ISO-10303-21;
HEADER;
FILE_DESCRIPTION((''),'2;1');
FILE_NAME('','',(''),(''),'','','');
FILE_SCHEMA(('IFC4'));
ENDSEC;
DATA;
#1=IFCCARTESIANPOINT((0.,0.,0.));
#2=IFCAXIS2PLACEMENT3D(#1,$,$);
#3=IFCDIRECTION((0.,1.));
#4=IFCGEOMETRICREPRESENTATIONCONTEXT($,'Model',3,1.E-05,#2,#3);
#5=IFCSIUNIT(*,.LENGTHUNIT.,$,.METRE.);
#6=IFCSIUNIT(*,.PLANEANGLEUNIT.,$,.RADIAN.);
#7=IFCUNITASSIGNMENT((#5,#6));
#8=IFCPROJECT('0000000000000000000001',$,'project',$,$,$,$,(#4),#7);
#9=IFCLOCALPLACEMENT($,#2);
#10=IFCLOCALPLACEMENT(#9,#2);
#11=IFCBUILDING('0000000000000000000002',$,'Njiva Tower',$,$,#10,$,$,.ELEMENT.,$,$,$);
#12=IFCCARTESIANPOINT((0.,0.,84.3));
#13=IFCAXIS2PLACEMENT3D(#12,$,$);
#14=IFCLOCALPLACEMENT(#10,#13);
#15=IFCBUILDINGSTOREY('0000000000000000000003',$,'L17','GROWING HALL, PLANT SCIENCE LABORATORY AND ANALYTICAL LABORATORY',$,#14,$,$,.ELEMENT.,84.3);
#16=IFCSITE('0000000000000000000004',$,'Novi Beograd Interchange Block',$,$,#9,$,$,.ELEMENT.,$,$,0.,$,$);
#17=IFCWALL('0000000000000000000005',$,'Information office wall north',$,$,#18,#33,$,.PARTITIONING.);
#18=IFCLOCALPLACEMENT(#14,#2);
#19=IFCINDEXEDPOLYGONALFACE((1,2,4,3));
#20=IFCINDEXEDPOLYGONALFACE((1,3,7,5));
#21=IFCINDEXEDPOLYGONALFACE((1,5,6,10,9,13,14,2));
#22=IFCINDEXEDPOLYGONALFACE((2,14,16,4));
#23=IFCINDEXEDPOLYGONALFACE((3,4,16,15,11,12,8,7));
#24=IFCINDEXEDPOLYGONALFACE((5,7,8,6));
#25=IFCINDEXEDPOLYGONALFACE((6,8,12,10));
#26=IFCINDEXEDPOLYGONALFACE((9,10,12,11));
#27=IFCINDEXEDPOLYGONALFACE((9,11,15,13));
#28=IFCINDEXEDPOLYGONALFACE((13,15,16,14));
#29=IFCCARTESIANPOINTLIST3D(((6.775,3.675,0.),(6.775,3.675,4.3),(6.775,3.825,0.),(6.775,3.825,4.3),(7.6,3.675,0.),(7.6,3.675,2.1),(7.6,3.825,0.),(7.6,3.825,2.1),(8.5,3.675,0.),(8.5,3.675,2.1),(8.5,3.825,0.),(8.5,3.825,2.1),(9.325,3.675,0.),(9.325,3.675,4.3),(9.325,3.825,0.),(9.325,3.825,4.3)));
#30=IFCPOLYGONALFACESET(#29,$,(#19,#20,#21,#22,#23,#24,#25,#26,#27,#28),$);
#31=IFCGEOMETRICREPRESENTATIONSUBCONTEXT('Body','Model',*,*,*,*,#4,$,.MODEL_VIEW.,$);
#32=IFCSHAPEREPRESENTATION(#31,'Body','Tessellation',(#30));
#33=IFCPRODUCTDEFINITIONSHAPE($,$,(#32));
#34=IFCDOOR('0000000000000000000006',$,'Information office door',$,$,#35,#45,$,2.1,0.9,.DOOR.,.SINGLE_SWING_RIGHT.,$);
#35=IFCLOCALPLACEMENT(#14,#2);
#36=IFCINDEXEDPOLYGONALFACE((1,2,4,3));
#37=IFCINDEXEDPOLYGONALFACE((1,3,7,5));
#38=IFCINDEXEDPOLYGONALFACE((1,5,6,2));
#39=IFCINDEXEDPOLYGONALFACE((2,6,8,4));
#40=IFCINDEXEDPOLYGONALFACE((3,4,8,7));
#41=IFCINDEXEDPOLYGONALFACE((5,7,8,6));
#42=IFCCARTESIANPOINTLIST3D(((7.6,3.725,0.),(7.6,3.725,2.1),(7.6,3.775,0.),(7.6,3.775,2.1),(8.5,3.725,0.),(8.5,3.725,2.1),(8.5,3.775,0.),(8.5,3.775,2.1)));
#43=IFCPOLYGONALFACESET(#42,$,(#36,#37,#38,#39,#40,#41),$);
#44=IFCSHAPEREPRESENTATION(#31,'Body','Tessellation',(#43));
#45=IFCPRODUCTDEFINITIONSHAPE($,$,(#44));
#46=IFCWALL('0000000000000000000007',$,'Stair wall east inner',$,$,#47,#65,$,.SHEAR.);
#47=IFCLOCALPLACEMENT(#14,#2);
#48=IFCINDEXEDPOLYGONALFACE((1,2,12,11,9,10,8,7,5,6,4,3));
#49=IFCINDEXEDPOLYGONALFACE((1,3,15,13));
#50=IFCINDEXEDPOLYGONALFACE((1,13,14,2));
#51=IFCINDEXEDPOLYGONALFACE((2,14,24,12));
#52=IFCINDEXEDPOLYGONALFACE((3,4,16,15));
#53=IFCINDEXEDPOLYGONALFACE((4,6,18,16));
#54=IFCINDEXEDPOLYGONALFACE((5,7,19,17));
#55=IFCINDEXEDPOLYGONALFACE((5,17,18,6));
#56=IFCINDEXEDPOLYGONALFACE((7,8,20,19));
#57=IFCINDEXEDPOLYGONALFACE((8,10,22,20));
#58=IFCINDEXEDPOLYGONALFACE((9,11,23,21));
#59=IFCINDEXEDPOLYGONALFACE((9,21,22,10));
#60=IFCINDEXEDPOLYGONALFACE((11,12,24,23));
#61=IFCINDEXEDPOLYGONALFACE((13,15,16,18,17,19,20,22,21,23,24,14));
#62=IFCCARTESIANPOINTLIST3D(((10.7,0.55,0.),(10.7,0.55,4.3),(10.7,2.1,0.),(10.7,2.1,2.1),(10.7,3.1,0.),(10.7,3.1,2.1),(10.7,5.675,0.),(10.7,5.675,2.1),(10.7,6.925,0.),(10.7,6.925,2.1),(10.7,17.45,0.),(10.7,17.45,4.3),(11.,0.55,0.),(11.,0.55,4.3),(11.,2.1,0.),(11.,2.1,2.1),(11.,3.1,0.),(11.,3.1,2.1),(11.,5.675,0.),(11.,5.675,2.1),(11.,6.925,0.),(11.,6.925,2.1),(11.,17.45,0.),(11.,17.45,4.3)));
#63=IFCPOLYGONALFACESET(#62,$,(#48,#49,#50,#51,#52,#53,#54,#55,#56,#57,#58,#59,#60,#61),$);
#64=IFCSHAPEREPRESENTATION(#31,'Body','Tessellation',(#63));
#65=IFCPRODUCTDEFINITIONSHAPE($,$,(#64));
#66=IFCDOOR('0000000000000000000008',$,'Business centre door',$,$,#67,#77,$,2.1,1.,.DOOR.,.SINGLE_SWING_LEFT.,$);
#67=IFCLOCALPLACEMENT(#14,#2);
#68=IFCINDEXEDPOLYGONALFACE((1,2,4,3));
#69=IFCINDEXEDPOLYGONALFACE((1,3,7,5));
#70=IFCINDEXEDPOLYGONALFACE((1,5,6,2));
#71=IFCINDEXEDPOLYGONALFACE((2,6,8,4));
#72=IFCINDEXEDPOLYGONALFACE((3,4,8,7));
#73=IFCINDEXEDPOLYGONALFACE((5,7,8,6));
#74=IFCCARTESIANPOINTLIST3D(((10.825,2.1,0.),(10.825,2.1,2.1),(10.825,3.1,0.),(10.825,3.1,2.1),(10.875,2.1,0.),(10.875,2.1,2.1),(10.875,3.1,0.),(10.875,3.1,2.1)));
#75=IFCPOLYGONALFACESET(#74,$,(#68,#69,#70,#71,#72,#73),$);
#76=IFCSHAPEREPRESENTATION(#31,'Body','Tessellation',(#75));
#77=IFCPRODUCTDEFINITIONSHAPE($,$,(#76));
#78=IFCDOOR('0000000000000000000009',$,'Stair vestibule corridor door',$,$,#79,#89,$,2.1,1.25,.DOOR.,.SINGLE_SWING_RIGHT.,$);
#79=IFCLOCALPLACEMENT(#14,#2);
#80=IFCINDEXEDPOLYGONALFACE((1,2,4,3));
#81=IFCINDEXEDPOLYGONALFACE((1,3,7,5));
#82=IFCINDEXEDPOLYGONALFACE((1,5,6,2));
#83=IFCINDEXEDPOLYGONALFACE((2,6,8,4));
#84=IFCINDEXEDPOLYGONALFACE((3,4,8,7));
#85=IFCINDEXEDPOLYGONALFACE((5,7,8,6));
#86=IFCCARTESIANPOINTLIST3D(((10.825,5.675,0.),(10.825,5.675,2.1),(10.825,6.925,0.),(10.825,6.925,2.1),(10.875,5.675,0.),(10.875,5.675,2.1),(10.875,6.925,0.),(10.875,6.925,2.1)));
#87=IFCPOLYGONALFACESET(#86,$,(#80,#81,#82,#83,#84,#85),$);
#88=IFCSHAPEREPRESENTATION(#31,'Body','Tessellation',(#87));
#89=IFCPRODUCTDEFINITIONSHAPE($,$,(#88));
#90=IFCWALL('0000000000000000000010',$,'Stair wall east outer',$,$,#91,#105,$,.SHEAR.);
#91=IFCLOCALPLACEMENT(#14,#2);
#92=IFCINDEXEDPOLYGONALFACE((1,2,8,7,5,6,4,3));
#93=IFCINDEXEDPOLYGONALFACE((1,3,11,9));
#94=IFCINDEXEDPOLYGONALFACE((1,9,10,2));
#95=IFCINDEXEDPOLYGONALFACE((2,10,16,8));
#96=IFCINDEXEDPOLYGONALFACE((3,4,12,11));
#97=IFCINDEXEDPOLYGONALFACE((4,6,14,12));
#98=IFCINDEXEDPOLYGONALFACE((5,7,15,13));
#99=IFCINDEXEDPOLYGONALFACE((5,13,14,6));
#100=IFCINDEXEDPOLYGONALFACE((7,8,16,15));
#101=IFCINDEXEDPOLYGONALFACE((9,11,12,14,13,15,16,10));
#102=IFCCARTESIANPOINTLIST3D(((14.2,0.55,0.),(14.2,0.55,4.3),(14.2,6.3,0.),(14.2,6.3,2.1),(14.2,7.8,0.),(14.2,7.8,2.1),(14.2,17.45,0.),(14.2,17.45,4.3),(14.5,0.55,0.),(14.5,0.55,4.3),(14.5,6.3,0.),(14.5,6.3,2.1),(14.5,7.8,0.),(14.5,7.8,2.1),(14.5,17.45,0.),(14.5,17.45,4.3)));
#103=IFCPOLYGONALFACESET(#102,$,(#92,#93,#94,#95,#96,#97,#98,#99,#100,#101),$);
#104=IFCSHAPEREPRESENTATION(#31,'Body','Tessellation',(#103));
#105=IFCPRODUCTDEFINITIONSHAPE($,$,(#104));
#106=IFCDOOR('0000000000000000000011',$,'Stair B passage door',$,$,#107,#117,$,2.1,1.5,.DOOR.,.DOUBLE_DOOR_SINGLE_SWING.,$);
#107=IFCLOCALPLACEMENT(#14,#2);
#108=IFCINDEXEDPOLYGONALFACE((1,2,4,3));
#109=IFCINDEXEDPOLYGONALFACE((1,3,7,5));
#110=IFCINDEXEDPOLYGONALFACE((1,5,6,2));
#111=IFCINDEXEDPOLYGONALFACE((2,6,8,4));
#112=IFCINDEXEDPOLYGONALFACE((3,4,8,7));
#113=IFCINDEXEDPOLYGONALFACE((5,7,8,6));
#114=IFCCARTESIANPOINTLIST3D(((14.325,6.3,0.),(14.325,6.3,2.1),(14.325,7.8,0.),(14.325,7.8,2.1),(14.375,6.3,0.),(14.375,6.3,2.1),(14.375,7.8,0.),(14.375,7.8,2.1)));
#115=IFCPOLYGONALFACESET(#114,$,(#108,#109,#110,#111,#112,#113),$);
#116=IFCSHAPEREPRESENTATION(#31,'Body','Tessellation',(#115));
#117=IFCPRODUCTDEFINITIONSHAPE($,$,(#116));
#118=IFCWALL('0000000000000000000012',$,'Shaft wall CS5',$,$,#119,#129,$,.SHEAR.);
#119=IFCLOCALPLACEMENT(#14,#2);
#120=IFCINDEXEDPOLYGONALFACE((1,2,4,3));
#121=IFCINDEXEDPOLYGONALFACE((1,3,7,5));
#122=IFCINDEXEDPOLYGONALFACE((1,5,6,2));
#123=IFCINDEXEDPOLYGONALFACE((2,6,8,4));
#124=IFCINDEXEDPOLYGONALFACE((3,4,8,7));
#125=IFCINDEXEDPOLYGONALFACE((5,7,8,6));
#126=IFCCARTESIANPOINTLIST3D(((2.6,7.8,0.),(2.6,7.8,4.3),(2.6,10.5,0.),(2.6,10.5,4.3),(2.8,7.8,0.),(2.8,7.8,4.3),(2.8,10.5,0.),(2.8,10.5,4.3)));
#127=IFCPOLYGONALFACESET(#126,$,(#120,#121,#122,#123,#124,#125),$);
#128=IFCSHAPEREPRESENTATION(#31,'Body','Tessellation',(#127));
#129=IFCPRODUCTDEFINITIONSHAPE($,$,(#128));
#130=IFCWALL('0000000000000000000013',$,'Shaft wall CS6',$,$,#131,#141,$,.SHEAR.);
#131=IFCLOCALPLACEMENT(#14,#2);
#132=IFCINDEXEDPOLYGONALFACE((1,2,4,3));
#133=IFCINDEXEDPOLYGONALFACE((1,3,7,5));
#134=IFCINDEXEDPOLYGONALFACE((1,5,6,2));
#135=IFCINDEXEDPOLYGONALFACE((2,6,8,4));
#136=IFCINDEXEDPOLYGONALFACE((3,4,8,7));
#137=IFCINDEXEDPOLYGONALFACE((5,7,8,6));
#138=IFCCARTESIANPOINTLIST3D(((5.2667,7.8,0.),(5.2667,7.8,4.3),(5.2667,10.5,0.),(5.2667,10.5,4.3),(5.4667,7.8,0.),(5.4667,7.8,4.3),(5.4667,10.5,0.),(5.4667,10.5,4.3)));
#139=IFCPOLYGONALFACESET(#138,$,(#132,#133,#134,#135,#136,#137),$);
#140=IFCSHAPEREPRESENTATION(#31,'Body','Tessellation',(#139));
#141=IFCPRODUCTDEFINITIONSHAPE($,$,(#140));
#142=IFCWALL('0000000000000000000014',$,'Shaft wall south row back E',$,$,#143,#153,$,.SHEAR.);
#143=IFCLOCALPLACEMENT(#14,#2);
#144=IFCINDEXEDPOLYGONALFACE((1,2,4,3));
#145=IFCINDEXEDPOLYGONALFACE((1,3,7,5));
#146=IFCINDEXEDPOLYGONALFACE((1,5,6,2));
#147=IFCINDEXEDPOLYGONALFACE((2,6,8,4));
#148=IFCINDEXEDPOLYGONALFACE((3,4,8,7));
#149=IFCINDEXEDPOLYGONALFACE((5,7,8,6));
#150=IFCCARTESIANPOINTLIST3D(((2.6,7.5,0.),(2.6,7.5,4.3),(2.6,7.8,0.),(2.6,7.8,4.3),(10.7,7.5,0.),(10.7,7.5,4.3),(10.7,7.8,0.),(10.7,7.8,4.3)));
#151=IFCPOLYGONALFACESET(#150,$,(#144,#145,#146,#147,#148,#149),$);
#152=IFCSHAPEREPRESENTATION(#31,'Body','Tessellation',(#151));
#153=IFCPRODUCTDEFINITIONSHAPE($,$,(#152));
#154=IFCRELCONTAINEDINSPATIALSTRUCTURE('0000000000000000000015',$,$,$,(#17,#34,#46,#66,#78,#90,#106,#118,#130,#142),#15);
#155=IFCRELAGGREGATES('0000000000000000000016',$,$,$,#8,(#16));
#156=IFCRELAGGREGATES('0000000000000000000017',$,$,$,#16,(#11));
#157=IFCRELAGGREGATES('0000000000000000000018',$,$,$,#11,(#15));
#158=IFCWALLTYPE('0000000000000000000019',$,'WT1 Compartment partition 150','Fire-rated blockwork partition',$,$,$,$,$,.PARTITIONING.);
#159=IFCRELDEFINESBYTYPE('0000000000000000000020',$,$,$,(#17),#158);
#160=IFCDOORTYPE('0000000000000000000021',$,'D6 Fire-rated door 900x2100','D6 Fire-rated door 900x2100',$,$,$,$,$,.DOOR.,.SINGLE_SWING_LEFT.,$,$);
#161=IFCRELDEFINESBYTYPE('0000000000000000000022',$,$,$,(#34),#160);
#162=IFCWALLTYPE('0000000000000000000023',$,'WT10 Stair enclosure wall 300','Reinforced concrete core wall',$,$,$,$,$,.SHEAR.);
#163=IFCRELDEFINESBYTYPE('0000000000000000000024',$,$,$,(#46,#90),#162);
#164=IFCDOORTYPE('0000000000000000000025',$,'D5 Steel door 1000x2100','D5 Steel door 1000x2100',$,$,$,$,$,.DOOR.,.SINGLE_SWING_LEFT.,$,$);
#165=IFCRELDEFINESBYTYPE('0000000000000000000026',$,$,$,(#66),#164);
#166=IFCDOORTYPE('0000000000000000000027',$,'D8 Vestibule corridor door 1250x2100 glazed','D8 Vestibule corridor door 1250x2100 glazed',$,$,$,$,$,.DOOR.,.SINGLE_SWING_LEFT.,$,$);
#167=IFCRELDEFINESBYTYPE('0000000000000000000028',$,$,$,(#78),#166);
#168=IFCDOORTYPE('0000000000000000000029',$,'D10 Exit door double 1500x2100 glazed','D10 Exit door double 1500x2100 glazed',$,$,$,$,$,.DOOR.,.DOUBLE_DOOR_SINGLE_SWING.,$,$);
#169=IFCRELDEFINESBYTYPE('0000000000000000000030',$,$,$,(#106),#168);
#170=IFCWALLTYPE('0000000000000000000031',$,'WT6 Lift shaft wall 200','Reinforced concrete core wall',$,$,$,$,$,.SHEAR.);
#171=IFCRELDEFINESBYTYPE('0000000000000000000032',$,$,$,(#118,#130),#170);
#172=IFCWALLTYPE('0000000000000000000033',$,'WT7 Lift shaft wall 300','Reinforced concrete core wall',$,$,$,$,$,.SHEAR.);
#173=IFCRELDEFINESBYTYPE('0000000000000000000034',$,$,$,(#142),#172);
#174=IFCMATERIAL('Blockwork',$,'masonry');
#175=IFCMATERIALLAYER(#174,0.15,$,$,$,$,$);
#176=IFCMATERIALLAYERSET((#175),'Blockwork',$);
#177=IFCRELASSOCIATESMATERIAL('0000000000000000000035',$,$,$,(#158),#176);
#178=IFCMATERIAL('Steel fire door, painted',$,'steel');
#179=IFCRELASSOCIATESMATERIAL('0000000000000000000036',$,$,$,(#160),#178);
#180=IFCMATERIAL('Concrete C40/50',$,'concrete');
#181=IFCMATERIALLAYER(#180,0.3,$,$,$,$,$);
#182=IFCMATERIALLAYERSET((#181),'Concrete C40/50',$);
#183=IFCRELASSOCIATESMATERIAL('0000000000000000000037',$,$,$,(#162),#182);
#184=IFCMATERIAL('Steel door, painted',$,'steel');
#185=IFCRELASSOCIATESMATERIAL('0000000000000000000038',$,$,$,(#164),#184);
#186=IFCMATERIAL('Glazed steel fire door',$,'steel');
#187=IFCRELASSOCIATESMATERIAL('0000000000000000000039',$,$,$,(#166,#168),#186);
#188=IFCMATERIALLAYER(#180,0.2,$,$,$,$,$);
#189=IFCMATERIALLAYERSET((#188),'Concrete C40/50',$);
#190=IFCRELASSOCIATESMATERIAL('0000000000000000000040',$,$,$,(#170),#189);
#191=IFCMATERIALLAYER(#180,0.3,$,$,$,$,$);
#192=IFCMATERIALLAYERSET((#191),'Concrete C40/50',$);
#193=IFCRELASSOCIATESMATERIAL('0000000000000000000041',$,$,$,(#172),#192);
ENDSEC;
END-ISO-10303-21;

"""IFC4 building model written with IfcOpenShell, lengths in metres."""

from ifc_helpers import new_model, si_unit, direction, frame, frame_2d, origin, place, context, subcontext, project, spatial, rectangle, extrude, material, layer, layer_set, type_object, element, fill, save


model = new_model("IFC4")

# Units and contexts
model_context = context("Model", 3, precision=1e-05, world=origin(), true_north=direction((0.0, 1.0)))
body_context = subcontext(model_context, "Body", "Model", "MODEL_VIEW")
ifc_project = project(units=[si_unit("LENGTHUNIT", "METRE"), si_unit("PLANEANGLEUNIT", "RADIAN")], contexts=[model_context])

# Site, building, storey
site_placement = place(None, origin())
site = spatial("IfcSite", under=ifc_project, at=site_placement, Name="Novi Beograd Interchange Block", CompositionType="ELEMENT", RefElevation=0.0)
building_placement = place(site_placement, origin())
building = spatial("IfcBuilding", under=site, at=building_placement, Name="Njiva Tower", CompositionType="ELEMENT")
storey_placement = place(building_placement, frame((0.0, 0.0, 84.3)))
storey = spatial("IfcBuildingStorey", under=building, at=storey_placement, Name="L17", Description="GROWING HALL, PLANT SCIENCE LABORATORY AND ANALYTICAL LABORATORY", CompositionType="ELEMENT", Elevation=84.3)

# Shared definitions
ifc_material_1 = material(Name="Concrete C40/50", Category="concrete")

# Shared definitions
ifc_material_2 = material(Name="Blockwork", Category="masonry")
ifc_layer_1 = layer(ifc_material_2, 0.15)
ifc_layer_set_1 = layer_set([ifc_layer_1], Name="Blockwork")
wall_type_1 = type_object("IfcWallType", Name="WT1 Compartment partition 150", Description="Fire-rated blockwork partition", PredefinedType="PARTITIONING", material=ifc_layer_set_1)

# Wall, opening, door
wall_1_placement = place(storey_placement, frame((6.775, 3.75, 0.0), z_axis=(0.0, 0.0, 1.0), x_axis=(1.0, 0.0, 0.0)))
wall_1 = element("IfcWall", 1, at=wall_1_placement, inside=storey, type_object=wall_type_1, Name="Information office wall north", PredefinedType="PARTITIONING", context=body_context, shape_type="SweptSolid", body=[
    extrude(rectangle(XDim=2.55, YDim=0.15, at=frame_2d((1.275, 0.0))), origin(), (0.0, 0.0, 1.0), 4.3),
])
opening_1_placement = place(wall_1_placement, frame((0.825, 0.0, 0.0)))
opening_1 = element("IfcOpeningElement", 2, at=opening_1_placement, cuts=wall_1, PredefinedType="OPENING", context=body_context, shape_type="SweptSolid", body=[
    extrude(rectangle(XDim=0.9, YDim=2.1, at=frame_2d((0.45, 1.05))), frame((0.0, 0.085, 0.0), z_axis=(0.0, -1.0, 0.0), x_axis=(1.0, 0.0, 0.0)), (0.0, 0.0, 1.0), 0.17),
])
ifc_material_3 = material(Name="Steel fire door, painted", Category="steel")
door_type_1 = type_object("IfcDoorType", Name="D6 Fire-rated door 900x2100", Description="D6 Fire-rated door 900x2100", OperationType="SINGLE_SWING_LEFT", PredefinedType="DOOR", material=ifc_material_3)
door_1_placement = place(opening_1_placement, origin())
door_1 = element("IfcDoor", 3, at=door_1_placement, inside=storey, type_object=door_type_1, Name="Information office door", OperationType="SINGLE_SWING_RIGHT", OverallHeight=2.1, OverallWidth=0.9, PredefinedType="DOOR", context=body_context, shape_type="SweptSolid", body=[
    extrude(rectangle(XDim=0.9, YDim=2.1, at=frame_2d((0.45, 1.05))), frame((0.0, 0.025, 0.0), z_axis=(0.0, -1.0, 0.0), x_axis=(1.0, 0.0, 0.0)), (0.0, 0.0, 1.0), 0.05),
])
fill(opening_1, door_1)

# Wall, openings, doors
ifc_layer_2 = layer(ifc_material_1, 0.3)
ifc_layer_set_2 = layer_set([ifc_layer_2], Name="Concrete C40/50")
wall_type_2 = type_object("IfcWallType", Name="WT10 Stair enclosure wall 300", Description="Reinforced concrete core wall", PredefinedType="SHEAR", material=ifc_layer_set_2)
wall_2_placement = place(storey_placement, frame((10.85, 0.55, 0.0), z_axis=(0.0, 0.0, 1.0), x_axis=(0.0, 1.0, 0.0)))
wall_2 = element("IfcWall", 4, at=wall_2_placement, inside=storey, type_object=wall_type_2, Name="Stair wall east inner", PredefinedType="SHEAR", context=body_context, shape_type="SweptSolid", body=[
    extrude(rectangle(XDim=16.9, YDim=0.3, at=frame_2d((8.45, 0.0))), origin(), (0.0, 0.0, 1.0), 4.3),
])
opening_2_placement = place(wall_2_placement, frame((5.125, 0.0, 0.0)))
opening_2 = element("IfcOpeningElement", 5, at=opening_2_placement, cuts=wall_2, PredefinedType="OPENING", context=body_context, shape_type="SweptSolid", body=[
    extrude(rectangle(XDim=1.25, YDim=2.1, at=frame_2d((0.625, 1.05))), frame((0.0, 0.16, 0.0), z_axis=(0.0, -1.0, 0.0), x_axis=(1.0, 0.0, 0.0)), (0.0, 0.0, 1.0), 0.32),
])
opening_3_placement = place(wall_2_placement, frame((1.55, 0.0, 0.0)))
opening_3 = element("IfcOpeningElement", 6, at=opening_3_placement, cuts=wall_2, PredefinedType="OPENING", context=body_context, shape_type="SweptSolid", body=[
    extrude(rectangle(XDim=1.0, YDim=2.1, at=frame_2d((0.5, 1.05))), frame((0.0, 0.16, 0.0), z_axis=(0.0, -1.0, 0.0), x_axis=(1.0, 0.0, 0.0)), (0.0, 0.0, 1.0), 0.32),
])
ifc_material_4 = material(Name="Steel door, painted", Category="steel")
door_type_2 = type_object("IfcDoorType", Name="D5 Steel door 1000x2100", Description="D5 Steel door 1000x2100", OperationType="SINGLE_SWING_LEFT", PredefinedType="DOOR", material=ifc_material_4)
door_2_placement = place(opening_3_placement, origin())
door_2 = element("IfcDoor", 7, at=door_2_placement, inside=storey, type_object=door_type_2, Name="Business centre door", OperationType="SINGLE_SWING_LEFT", OverallHeight=2.1, OverallWidth=1.0, PredefinedType="DOOR", context=body_context, shape_type="SweptSolid", body=[
    extrude(rectangle(XDim=1.0, YDim=2.1, at=frame_2d((0.5, 1.05))), frame((0.0, 0.025, 0.0), z_axis=(0.0, -1.0, 0.0), x_axis=(1.0, 0.0, 0.0)), (0.0, 0.0, 1.0), 0.05),
])
fill(opening_3, door_2)
ifc_material_5 = material(Name="Glazed steel fire door", Category="steel")
door_type_3 = type_object("IfcDoorType", Name="D8 Vestibule corridor door 1250x2100 glazed", Description="D8 Vestibule corridor door 1250x2100 glazed", OperationType="SINGLE_SWING_LEFT", PredefinedType="DOOR", material=ifc_material_5)
door_3_placement = place(opening_2_placement, origin())
door_3 = element("IfcDoor", 8, at=door_3_placement, inside=storey, type_object=door_type_3, Name="Stair vestibule corridor door", OperationType="SINGLE_SWING_RIGHT", OverallHeight=2.1, OverallWidth=1.25, PredefinedType="DOOR", context=body_context, shape_type="SweptSolid", body=[
    extrude(rectangle(XDim=1.25, YDim=2.1, at=frame_2d((0.625, 1.05))), frame((0.0, 0.025, 0.0), z_axis=(0.0, -1.0, 0.0), x_axis=(1.0, 0.0, 0.0)), (0.0, 0.0, 1.0), 0.05),
])
fill(opening_2, door_3)

# Wall, opening, door
wall_3_placement = place(storey_placement, frame((14.35, 0.55, 0.0), z_axis=(0.0, 0.0, 1.0), x_axis=(0.0, 1.0, 0.0)))
wall_3 = element("IfcWall", 9, at=wall_3_placement, inside=storey, type_object=wall_type_2, Name="Stair wall east outer", PredefinedType="SHEAR", context=body_context, shape_type="SweptSolid", body=[
    extrude(rectangle(XDim=16.9, YDim=0.3, at=frame_2d((8.45, 0.0))), origin(), (0.0, 0.0, 1.0), 4.3),
])
opening_4_placement = place(wall_3_placement, frame((5.75, 0.0, 0.0)))
opening_4 = element("IfcOpeningElement", 10, at=opening_4_placement, cuts=wall_3, PredefinedType="OPENING", context=body_context, shape_type="SweptSolid", body=[
    extrude(rectangle(XDim=1.5, YDim=2.1, at=frame_2d((0.75, 1.05))), frame((0.0, 0.16, 0.0), z_axis=(0.0, -1.0, 0.0), x_axis=(1.0, 0.0, 0.0)), (0.0, 0.0, 1.0), 0.32),
])
door_type_4 = type_object("IfcDoorType", Name="D10 Exit door double 1500x2100 glazed", Description="D10 Exit door double 1500x2100 glazed", OperationType="DOUBLE_DOOR_SINGLE_SWING", PredefinedType="DOOR", material=ifc_material_5)
door_4_placement = place(opening_4_placement, origin())
door_4 = element("IfcDoor", 11, at=door_4_placement, inside=storey, type_object=door_type_4, Name="Stair B passage door", OperationType="DOUBLE_DOOR_SINGLE_SWING", OverallHeight=2.1, OverallWidth=1.5, PredefinedType="DOOR", context=body_context, shape_type="SweptSolid", body=[
    extrude(rectangle(XDim=1.5, YDim=2.1, at=frame_2d((0.75, 1.05))), frame((0.0, 0.025, 0.0), z_axis=(0.0, -1.0, 0.0), x_axis=(1.0, 0.0, 0.0)), (0.0, 0.0, 1.0), 0.05),
])
fill(opening_4, door_4)

# Walls
ifc_layer_3 = layer(ifc_material_1, 0.2)
ifc_layer_set_3 = layer_set([ifc_layer_3], Name="Concrete C40/50")
wall_type_3 = type_object("IfcWallType", Name="WT6 Lift shaft wall 200", Description="Reinforced concrete core wall", PredefinedType="SHEAR", material=ifc_layer_set_3)
for number, where, z_axis, x_axis, name in (
    (12, (2.7, 7.8, 0.0), (0.0, 0.0, 1.0), (0.0, 1.0, 0.0), "Shaft wall CS5"),
    (13, (5.3667, 7.8, 0.0), (0.0, 0.0, 1.0), (0.0, 1.0, 0.0), "Shaft wall CS6"),
):
    element("IfcWall", number, at=place(storey_placement, frame(where, z_axis=z_axis, x_axis=x_axis)), inside=storey, type_object=wall_type_3, Name=name, PredefinedType="SHEAR", context=body_context, shape_type="SweptSolid", body=[
        extrude(rectangle(XDim=2.7, YDim=0.2, at=frame_2d((1.35, 0.0))), origin(), (0.0, 0.0, 1.0), 4.3),
    ])
ifc_layer_4 = layer(ifc_material_1, 0.3)
ifc_layer_set_4 = layer_set([ifc_layer_4], Name="Concrete C40/50")
wall_type_4 = type_object("IfcWallType", Name="WT7 Lift shaft wall 300", Description="Reinforced concrete core wall", PredefinedType="SHEAR", material=ifc_layer_set_4)
wall_4_placement = place(storey_placement, frame((2.6, 7.65, 0.0), z_axis=(0.0, 0.0, 1.0), x_axis=(1.0, 0.0, 0.0)))
element("IfcWall", 14, at=wall_4_placement, inside=storey, type_object=wall_type_4, Name="Shaft wall south row back E", PredefinedType="SHEAR", context=body_context, shape_type="SweptSolid", body=[
    extrude(rectangle(XDim=8.1, YDim=0.3, at=frame_2d((4.05, 0.0))), origin(), (0.0, 0.0, 1.0), 4.3),
])

save(model, "model.ifc")
